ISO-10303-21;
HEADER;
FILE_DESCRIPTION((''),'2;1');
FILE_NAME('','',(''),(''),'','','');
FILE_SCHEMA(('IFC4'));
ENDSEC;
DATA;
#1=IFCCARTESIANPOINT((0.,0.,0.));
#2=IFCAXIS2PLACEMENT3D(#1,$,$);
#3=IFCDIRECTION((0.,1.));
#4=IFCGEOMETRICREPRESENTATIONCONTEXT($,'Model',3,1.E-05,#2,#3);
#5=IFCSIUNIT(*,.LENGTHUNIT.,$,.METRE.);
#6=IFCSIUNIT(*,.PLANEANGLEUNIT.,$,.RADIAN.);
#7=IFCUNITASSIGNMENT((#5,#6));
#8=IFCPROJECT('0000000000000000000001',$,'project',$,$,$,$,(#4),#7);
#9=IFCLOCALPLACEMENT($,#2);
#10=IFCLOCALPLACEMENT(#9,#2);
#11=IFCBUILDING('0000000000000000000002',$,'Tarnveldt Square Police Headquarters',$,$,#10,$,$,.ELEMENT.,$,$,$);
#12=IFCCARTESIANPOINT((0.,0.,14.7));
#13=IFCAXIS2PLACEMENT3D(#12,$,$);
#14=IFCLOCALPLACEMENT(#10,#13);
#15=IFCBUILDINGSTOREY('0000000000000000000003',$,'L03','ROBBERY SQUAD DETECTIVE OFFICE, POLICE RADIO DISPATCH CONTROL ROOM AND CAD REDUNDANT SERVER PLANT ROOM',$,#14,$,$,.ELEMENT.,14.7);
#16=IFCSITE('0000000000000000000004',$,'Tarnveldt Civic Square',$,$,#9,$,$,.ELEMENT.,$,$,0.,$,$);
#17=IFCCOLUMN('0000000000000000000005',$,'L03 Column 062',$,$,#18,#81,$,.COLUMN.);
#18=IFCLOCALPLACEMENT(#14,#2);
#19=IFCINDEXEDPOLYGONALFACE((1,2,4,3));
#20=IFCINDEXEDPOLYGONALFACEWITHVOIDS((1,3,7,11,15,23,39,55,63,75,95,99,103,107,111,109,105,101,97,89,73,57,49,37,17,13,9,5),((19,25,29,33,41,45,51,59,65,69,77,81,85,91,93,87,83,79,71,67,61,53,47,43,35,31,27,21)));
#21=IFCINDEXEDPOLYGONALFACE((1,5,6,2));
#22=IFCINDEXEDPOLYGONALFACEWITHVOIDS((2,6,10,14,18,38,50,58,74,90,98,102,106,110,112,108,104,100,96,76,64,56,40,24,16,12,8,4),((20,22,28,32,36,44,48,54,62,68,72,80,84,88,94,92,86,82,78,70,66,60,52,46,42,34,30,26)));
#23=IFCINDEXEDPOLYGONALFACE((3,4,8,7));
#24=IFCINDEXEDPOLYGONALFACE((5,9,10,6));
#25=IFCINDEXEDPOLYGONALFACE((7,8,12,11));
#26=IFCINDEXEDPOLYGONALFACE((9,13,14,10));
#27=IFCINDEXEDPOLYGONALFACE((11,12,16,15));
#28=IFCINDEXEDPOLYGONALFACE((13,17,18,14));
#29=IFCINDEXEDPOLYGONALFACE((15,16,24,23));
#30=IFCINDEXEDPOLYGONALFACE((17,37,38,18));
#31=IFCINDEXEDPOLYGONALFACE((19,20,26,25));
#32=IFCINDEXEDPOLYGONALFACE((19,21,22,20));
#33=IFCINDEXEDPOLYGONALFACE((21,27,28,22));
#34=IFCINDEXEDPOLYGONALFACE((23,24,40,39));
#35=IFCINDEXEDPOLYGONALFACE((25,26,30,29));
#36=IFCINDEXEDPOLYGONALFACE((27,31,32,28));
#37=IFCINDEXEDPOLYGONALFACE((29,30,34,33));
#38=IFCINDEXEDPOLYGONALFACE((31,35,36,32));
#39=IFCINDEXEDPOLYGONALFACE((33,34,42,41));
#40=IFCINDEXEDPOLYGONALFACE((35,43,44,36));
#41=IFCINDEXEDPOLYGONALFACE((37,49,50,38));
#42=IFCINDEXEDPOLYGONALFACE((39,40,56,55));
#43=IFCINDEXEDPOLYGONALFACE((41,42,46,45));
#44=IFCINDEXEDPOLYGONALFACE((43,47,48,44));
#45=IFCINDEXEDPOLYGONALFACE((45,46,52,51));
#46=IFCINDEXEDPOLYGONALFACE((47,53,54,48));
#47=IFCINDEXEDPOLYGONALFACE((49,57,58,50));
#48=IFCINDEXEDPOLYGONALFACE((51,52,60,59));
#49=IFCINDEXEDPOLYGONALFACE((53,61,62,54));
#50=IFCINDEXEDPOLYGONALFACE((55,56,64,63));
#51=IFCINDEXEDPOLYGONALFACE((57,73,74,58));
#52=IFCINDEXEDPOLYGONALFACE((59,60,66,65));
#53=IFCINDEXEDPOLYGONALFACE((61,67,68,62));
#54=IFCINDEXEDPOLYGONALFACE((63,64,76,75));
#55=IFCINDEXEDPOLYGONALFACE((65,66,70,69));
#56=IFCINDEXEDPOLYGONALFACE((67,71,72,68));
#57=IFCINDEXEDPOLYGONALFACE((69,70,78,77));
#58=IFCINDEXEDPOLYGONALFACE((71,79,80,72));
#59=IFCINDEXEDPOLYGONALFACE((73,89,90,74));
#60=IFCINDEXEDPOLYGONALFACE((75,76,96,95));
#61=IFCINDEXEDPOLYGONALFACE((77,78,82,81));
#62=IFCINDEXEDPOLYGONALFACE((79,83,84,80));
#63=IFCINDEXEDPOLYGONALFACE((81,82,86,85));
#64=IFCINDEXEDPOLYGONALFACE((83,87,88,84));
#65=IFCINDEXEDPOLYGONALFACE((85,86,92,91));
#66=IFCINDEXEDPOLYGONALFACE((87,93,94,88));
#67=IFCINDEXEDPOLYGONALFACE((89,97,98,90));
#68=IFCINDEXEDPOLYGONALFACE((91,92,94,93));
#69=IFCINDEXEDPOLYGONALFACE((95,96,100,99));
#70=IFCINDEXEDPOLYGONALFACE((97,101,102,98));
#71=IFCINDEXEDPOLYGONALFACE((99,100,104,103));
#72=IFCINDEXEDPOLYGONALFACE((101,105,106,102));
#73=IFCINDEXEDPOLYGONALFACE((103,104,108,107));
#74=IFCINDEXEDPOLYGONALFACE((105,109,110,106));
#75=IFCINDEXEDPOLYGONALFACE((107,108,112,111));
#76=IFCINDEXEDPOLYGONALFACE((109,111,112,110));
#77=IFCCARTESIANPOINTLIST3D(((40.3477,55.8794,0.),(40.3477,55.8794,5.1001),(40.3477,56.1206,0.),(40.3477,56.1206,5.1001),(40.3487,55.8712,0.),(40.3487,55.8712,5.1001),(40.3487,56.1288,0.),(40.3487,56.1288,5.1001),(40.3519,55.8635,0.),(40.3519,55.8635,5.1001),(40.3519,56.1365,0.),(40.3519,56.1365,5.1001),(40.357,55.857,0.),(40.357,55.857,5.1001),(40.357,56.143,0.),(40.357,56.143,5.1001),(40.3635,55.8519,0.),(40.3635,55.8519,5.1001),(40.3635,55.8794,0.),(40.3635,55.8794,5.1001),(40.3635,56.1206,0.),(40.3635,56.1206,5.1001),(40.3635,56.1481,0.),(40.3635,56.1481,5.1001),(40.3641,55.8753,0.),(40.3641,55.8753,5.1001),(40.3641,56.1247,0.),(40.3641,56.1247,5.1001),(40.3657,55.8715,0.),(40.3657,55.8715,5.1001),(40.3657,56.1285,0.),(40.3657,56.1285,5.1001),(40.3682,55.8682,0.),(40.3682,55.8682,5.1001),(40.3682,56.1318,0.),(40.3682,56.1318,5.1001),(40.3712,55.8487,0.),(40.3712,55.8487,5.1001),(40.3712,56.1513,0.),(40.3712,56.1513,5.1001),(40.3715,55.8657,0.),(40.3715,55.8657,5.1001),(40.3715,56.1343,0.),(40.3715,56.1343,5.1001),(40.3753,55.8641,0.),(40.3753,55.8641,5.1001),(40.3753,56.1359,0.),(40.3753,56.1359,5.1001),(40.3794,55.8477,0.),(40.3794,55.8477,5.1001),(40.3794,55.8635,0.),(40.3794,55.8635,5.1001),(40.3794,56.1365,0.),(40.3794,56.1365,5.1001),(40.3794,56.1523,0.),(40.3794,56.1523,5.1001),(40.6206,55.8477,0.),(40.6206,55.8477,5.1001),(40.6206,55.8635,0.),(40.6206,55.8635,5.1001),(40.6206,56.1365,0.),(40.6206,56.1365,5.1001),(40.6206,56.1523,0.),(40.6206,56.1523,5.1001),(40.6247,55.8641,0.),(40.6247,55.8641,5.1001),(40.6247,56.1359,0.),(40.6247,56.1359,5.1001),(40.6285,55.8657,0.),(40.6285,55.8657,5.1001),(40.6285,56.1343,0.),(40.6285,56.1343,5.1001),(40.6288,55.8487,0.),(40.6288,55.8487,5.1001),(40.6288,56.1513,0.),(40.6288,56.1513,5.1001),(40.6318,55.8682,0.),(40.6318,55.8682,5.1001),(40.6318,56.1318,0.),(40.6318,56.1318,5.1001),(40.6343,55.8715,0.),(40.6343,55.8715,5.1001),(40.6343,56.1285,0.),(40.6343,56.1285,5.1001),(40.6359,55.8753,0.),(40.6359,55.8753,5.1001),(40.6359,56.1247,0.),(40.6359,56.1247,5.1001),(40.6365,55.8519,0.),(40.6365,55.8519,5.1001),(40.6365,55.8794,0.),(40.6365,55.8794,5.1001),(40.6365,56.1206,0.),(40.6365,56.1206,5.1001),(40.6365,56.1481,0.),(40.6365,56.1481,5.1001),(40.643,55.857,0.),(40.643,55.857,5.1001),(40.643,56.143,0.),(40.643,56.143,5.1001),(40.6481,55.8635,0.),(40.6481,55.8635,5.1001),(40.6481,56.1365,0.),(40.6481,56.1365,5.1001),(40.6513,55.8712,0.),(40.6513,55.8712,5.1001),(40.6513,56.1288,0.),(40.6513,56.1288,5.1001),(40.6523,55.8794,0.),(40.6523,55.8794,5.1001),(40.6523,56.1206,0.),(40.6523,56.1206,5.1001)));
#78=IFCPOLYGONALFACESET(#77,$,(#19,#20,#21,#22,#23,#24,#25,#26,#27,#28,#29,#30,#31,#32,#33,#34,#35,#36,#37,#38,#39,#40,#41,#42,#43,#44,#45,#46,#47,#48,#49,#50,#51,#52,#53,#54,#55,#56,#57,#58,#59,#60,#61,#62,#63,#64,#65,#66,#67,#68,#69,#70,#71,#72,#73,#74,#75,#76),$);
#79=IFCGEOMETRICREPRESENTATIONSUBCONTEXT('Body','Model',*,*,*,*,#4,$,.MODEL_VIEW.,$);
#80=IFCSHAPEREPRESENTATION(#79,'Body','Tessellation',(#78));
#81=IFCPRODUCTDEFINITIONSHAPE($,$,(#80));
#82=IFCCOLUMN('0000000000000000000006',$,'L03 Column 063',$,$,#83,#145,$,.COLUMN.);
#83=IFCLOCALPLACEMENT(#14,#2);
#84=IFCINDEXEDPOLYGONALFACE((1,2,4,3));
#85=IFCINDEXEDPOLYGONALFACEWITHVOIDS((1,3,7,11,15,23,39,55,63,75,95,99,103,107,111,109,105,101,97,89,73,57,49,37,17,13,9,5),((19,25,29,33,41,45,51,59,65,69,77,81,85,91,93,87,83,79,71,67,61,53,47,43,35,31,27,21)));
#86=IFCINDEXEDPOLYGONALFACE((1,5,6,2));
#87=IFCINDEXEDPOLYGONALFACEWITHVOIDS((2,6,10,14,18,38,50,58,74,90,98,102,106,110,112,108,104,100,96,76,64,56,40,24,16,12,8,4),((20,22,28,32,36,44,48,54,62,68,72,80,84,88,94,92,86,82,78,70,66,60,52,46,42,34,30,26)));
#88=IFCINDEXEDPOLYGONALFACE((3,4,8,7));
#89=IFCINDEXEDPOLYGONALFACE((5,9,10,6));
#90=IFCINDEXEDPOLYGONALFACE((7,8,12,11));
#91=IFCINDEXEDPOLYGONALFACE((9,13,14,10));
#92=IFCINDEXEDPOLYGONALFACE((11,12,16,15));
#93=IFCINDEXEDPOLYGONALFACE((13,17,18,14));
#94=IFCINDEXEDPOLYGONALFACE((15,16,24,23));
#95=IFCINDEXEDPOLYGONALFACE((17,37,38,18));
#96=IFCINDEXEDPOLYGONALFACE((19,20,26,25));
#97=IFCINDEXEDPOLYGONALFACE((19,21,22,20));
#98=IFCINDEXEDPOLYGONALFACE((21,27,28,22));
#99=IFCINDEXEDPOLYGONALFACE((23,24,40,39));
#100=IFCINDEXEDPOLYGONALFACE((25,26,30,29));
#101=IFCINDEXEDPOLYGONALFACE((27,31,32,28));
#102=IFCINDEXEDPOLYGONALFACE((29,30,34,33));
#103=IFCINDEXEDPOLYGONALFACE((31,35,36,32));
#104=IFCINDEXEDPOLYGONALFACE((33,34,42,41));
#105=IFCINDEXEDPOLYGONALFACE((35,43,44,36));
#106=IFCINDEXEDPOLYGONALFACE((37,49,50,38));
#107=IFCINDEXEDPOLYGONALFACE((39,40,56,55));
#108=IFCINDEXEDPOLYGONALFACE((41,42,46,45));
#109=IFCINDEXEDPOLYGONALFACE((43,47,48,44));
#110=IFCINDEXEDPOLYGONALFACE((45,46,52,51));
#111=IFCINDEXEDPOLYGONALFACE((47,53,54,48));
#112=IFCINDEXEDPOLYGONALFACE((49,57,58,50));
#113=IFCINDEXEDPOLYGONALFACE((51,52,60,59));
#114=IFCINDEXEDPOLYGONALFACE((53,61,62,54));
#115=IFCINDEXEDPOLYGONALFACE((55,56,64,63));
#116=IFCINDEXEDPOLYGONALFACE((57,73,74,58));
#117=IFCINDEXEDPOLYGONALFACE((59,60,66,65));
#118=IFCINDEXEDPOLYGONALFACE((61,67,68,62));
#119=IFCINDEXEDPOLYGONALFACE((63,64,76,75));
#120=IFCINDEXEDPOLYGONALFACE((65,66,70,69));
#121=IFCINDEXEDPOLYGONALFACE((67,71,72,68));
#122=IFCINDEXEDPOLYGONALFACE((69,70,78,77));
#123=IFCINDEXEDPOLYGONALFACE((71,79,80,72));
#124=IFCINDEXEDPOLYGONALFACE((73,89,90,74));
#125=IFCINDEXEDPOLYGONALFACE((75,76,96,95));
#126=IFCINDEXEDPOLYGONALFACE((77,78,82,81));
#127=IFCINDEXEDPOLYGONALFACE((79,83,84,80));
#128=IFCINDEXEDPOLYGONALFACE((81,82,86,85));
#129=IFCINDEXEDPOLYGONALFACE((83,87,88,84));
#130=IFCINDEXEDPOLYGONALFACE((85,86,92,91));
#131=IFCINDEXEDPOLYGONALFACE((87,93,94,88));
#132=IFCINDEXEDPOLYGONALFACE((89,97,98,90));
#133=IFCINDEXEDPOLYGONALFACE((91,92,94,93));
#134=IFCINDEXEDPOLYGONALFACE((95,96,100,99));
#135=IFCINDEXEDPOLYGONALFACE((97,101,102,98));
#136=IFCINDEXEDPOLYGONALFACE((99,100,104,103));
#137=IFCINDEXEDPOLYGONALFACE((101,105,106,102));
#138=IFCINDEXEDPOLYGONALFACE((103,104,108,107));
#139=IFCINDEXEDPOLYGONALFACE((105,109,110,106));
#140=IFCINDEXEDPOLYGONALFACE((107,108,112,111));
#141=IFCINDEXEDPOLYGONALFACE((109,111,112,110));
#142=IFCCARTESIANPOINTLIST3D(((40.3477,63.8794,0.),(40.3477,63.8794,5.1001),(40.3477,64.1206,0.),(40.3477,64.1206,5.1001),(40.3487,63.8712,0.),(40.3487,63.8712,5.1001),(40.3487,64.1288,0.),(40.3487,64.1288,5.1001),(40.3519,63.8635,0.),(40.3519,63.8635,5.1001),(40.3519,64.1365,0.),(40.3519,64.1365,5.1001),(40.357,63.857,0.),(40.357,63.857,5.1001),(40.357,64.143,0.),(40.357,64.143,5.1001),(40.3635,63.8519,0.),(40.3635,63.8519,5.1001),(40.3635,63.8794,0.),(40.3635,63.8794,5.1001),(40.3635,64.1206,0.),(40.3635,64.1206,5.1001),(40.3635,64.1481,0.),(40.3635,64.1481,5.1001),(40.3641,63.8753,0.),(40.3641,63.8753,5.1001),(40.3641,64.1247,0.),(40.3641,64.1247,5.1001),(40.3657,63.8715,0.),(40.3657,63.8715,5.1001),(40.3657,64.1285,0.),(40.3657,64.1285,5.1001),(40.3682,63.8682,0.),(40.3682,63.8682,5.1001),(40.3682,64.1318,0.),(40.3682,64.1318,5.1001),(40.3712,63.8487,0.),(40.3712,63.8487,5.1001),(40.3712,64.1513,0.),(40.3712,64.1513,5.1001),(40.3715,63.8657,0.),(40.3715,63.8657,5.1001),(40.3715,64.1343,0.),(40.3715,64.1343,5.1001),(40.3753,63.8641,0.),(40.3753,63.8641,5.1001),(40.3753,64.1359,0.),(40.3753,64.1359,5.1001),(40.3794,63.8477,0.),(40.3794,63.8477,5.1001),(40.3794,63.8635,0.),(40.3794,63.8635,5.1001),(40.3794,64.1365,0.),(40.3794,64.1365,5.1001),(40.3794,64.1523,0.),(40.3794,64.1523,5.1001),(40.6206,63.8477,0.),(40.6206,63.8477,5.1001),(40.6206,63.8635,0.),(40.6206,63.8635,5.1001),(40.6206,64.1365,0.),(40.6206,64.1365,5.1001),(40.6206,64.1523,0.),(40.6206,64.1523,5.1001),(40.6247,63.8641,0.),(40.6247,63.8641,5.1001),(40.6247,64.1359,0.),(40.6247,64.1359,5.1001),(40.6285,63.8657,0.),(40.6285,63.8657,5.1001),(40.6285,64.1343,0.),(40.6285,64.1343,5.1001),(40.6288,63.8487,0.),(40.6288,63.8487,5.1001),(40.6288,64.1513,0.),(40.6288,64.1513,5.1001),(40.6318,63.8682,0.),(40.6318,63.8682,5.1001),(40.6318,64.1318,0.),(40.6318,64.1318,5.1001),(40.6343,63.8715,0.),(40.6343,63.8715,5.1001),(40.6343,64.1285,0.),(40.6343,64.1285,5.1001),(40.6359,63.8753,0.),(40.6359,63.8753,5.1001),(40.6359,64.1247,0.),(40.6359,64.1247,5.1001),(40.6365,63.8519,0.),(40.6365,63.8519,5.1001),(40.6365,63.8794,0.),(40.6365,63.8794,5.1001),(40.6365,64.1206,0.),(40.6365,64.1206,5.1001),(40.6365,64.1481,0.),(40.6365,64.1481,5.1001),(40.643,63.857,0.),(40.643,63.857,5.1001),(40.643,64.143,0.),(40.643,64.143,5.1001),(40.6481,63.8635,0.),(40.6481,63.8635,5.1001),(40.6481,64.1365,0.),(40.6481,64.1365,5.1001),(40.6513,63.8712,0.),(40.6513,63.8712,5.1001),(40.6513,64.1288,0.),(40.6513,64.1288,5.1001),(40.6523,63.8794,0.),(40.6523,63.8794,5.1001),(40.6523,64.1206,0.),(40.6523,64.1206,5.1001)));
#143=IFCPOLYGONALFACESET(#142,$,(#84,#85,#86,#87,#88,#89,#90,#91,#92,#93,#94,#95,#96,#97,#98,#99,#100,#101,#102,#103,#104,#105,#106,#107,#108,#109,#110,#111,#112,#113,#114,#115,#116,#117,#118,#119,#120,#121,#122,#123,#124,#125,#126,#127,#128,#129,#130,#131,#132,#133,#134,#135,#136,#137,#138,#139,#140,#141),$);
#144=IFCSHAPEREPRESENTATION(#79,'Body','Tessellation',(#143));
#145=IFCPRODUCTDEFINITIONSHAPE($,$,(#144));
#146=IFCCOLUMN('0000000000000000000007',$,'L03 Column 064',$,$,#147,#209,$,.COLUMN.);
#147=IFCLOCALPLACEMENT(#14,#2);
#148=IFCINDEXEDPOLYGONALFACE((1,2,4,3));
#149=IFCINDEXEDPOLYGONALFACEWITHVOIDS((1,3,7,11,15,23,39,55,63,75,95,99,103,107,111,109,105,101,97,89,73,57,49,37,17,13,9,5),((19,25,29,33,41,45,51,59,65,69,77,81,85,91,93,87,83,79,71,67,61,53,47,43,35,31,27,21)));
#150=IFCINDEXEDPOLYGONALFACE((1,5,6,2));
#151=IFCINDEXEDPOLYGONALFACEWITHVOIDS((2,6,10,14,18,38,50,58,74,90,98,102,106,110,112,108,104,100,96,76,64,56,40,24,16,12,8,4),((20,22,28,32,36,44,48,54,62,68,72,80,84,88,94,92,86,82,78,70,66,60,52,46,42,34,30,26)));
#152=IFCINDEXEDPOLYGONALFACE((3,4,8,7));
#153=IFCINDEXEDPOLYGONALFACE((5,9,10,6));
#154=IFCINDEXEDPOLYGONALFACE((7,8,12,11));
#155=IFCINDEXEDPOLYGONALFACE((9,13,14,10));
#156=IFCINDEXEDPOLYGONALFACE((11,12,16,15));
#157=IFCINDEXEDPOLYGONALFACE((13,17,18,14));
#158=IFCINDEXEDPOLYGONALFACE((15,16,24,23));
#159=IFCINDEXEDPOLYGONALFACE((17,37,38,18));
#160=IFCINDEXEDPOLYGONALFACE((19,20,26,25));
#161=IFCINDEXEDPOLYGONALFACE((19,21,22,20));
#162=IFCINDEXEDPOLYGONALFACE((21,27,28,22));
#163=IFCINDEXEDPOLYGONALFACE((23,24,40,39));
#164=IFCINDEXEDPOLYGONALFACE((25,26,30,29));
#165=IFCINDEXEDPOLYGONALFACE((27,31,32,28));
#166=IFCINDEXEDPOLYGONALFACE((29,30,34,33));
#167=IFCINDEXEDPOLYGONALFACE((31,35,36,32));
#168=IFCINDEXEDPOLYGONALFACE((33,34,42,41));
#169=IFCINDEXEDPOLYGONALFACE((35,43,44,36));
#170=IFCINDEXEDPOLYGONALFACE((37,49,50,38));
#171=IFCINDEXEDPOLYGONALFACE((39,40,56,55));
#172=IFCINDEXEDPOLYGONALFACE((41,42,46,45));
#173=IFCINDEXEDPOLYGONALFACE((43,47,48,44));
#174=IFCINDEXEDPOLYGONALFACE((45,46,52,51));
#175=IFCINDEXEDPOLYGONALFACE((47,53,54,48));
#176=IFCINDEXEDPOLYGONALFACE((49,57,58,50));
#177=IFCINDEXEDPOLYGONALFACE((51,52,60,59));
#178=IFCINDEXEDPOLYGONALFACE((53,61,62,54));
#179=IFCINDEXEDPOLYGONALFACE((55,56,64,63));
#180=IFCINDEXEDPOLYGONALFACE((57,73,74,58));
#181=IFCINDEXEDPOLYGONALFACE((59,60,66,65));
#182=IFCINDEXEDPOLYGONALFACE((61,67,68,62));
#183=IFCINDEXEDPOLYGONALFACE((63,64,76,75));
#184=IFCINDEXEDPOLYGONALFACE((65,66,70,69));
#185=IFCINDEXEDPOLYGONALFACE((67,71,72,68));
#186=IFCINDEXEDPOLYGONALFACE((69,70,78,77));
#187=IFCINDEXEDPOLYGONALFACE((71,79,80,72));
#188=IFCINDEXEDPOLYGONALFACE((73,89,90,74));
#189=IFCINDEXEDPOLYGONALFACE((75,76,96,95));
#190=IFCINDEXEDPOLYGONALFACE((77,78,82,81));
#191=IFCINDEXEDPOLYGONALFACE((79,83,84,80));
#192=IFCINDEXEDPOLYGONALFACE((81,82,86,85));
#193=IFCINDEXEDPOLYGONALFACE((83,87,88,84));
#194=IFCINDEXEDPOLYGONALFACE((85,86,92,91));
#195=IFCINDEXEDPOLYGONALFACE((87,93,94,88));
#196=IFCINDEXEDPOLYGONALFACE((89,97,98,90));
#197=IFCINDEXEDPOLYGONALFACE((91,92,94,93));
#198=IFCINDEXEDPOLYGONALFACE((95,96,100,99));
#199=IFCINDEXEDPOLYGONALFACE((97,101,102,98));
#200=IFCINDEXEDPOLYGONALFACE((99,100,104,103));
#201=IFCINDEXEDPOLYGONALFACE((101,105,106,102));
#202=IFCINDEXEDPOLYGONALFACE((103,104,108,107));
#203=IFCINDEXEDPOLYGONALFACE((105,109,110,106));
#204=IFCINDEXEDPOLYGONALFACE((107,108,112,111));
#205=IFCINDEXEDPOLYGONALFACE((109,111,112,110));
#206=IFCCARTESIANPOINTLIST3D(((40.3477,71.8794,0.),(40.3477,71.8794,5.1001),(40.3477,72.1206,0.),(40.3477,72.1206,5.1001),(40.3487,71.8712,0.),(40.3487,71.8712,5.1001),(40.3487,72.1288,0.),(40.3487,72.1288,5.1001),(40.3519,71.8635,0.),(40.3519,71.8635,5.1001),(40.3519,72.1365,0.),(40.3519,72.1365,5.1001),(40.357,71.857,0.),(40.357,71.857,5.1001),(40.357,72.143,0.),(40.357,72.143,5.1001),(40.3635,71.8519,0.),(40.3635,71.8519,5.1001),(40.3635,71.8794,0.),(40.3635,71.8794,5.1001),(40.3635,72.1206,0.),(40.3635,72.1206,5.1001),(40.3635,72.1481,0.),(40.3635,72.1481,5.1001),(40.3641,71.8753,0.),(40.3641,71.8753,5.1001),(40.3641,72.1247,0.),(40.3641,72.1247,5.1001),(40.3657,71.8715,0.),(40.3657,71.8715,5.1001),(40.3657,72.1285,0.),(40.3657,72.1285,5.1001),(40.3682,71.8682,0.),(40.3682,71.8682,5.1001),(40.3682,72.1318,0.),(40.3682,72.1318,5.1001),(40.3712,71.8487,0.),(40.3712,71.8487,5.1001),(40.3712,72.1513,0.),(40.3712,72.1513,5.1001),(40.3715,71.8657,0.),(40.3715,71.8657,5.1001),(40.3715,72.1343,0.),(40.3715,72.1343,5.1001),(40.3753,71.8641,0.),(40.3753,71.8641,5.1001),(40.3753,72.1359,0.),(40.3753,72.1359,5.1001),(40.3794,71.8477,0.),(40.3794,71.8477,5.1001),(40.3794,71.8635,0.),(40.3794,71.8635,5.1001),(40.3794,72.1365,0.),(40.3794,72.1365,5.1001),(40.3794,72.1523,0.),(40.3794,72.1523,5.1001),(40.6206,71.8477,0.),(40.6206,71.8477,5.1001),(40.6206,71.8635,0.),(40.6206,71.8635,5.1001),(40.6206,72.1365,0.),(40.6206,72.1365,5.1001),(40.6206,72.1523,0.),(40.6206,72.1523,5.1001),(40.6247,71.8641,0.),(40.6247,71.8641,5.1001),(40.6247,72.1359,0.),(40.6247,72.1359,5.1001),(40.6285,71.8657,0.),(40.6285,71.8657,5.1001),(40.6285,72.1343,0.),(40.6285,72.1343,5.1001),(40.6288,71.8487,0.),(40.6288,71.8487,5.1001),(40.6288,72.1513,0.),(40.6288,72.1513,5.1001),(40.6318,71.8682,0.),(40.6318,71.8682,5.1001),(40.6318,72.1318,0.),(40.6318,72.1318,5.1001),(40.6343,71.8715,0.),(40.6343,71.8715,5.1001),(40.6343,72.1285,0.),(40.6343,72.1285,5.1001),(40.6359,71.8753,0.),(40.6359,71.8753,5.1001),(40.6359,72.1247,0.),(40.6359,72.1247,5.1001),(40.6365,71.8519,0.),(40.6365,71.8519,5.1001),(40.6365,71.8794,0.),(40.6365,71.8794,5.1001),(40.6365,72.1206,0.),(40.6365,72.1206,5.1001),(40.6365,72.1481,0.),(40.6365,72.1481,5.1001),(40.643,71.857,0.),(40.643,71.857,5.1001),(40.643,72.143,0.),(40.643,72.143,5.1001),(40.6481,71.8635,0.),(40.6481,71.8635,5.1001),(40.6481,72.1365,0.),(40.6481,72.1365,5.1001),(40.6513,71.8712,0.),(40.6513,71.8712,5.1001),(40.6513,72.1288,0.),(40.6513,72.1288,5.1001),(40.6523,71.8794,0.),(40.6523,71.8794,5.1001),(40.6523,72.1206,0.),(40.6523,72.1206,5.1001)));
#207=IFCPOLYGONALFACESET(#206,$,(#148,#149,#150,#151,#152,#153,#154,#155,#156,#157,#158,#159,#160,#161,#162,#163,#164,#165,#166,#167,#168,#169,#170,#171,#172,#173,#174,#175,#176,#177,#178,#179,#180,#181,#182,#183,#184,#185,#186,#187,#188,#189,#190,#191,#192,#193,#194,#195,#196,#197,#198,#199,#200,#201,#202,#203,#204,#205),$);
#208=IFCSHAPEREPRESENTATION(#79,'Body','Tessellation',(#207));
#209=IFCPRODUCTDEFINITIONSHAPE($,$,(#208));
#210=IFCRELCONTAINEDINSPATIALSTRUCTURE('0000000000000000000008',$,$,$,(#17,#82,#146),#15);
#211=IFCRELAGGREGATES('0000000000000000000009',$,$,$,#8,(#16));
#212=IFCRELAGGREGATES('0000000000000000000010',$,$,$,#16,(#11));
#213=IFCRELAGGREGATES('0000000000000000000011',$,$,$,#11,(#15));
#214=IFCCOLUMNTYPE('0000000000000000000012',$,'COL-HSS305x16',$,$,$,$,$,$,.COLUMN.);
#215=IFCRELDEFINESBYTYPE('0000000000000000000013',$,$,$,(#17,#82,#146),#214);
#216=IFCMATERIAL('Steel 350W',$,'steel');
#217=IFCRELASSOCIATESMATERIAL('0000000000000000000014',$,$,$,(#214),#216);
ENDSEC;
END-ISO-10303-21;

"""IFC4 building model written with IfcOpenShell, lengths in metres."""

from ifc_helpers import new_model, si_unit, direction, frame, origin, origin_2d, place, context, subcontext, project, spatial, hollow_rectangle, extrude, material, material_profile, profile_set, type_object, element, save


model = new_model("IFC4")

# Units and contexts
model_context = context("Model", 3, precision=1e-05, world=origin(), true_north=direction((0.0, 1.0)))
body_context = subcontext(model_context, "Body", "Model", "MODEL_VIEW")
ifc_project = project(units=[si_unit("LENGTHUNIT", "METRE"), si_unit("PLANEANGLEUNIT", "RADIAN")], contexts=[model_context])

# Site, building, storey
site_placement = place(None, origin())
site = spatial("IfcSite", under=ifc_project, at=site_placement, Name="Tarnveldt Civic Square", CompositionType="ELEMENT", RefElevation=0.0)
building_placement = place(site_placement, origin())
building = spatial("IfcBuilding", under=site, at=building_placement, Name="Tarnveldt Square Police Headquarters", CompositionType="ELEMENT")
storey_placement = place(building_placement, frame((0.0, 0.0, 14.7)))
storey = spatial("IfcBuildingStorey", under=building, at=storey_placement, Name="L03", Description="ROBBERY SQUAD DETECTIVE OFFICE, POLICE RADIO DISPATCH CONTROL ROOM AND CAD REDUNDANT SERVER PLANT ROOM", CompositionType="ELEMENT", Elevation=14.7)

# Columns
ifc_material_1 = material(Name="Steel 350W", Category="steel")
ifc_material_profile_1 = material_profile(ifc_material_1, hollow_rectangle(XDim=0.3047, YDim=0.3047, WallThickness=0.0159, InnerFilletRadius=0.0159, OuterFilletRadius=0.0317, at=origin_2d()), Name="HSS305x305x16")
ifc_profile_set_1 = profile_set([ifc_material_profile_1], Name="Steel 350W")
column_type_1 = type_object("IfcColumnType", Name="COL-HSS305x16", PredefinedType="COLUMN", material=ifc_profile_set_1)
for number, where, z_axis, x_axis, name in (
    (1, (40.5, 56.0, 0.0), (0.0, 0.0, 1.0), (1.0, 0.0, 0.0), "L03 Column 062"),
    (2, (40.5, 64.0, 0.0), (0.0, 0.0, 1.0), (1.0, 0.0, 0.0), "L03 Column 063"),
    (3, (40.5, 72.0, 0.0), (0.0, 0.0, 1.0), (1.0, 0.0, 0.0), "L03 Column 064"),
):
    element("IfcColumn", number, at=place(storey_placement, frame(where, z_axis=z_axis, x_axis=x_axis)), inside=storey, type_object=column_type_1, Name=name, PredefinedType="COLUMN", context=body_context, shape_type="SweptSolid", body=[
        extrude(hollow_rectangle(XDim=0.3047, YDim=0.3047, WallThickness=0.0159, InnerFilletRadius=0.0159, OuterFilletRadius=0.0317, at=origin_2d()), origin(), (0.0, 0.0, 1.0), 5.1001),
    ])

save(model, "model.ifc")
